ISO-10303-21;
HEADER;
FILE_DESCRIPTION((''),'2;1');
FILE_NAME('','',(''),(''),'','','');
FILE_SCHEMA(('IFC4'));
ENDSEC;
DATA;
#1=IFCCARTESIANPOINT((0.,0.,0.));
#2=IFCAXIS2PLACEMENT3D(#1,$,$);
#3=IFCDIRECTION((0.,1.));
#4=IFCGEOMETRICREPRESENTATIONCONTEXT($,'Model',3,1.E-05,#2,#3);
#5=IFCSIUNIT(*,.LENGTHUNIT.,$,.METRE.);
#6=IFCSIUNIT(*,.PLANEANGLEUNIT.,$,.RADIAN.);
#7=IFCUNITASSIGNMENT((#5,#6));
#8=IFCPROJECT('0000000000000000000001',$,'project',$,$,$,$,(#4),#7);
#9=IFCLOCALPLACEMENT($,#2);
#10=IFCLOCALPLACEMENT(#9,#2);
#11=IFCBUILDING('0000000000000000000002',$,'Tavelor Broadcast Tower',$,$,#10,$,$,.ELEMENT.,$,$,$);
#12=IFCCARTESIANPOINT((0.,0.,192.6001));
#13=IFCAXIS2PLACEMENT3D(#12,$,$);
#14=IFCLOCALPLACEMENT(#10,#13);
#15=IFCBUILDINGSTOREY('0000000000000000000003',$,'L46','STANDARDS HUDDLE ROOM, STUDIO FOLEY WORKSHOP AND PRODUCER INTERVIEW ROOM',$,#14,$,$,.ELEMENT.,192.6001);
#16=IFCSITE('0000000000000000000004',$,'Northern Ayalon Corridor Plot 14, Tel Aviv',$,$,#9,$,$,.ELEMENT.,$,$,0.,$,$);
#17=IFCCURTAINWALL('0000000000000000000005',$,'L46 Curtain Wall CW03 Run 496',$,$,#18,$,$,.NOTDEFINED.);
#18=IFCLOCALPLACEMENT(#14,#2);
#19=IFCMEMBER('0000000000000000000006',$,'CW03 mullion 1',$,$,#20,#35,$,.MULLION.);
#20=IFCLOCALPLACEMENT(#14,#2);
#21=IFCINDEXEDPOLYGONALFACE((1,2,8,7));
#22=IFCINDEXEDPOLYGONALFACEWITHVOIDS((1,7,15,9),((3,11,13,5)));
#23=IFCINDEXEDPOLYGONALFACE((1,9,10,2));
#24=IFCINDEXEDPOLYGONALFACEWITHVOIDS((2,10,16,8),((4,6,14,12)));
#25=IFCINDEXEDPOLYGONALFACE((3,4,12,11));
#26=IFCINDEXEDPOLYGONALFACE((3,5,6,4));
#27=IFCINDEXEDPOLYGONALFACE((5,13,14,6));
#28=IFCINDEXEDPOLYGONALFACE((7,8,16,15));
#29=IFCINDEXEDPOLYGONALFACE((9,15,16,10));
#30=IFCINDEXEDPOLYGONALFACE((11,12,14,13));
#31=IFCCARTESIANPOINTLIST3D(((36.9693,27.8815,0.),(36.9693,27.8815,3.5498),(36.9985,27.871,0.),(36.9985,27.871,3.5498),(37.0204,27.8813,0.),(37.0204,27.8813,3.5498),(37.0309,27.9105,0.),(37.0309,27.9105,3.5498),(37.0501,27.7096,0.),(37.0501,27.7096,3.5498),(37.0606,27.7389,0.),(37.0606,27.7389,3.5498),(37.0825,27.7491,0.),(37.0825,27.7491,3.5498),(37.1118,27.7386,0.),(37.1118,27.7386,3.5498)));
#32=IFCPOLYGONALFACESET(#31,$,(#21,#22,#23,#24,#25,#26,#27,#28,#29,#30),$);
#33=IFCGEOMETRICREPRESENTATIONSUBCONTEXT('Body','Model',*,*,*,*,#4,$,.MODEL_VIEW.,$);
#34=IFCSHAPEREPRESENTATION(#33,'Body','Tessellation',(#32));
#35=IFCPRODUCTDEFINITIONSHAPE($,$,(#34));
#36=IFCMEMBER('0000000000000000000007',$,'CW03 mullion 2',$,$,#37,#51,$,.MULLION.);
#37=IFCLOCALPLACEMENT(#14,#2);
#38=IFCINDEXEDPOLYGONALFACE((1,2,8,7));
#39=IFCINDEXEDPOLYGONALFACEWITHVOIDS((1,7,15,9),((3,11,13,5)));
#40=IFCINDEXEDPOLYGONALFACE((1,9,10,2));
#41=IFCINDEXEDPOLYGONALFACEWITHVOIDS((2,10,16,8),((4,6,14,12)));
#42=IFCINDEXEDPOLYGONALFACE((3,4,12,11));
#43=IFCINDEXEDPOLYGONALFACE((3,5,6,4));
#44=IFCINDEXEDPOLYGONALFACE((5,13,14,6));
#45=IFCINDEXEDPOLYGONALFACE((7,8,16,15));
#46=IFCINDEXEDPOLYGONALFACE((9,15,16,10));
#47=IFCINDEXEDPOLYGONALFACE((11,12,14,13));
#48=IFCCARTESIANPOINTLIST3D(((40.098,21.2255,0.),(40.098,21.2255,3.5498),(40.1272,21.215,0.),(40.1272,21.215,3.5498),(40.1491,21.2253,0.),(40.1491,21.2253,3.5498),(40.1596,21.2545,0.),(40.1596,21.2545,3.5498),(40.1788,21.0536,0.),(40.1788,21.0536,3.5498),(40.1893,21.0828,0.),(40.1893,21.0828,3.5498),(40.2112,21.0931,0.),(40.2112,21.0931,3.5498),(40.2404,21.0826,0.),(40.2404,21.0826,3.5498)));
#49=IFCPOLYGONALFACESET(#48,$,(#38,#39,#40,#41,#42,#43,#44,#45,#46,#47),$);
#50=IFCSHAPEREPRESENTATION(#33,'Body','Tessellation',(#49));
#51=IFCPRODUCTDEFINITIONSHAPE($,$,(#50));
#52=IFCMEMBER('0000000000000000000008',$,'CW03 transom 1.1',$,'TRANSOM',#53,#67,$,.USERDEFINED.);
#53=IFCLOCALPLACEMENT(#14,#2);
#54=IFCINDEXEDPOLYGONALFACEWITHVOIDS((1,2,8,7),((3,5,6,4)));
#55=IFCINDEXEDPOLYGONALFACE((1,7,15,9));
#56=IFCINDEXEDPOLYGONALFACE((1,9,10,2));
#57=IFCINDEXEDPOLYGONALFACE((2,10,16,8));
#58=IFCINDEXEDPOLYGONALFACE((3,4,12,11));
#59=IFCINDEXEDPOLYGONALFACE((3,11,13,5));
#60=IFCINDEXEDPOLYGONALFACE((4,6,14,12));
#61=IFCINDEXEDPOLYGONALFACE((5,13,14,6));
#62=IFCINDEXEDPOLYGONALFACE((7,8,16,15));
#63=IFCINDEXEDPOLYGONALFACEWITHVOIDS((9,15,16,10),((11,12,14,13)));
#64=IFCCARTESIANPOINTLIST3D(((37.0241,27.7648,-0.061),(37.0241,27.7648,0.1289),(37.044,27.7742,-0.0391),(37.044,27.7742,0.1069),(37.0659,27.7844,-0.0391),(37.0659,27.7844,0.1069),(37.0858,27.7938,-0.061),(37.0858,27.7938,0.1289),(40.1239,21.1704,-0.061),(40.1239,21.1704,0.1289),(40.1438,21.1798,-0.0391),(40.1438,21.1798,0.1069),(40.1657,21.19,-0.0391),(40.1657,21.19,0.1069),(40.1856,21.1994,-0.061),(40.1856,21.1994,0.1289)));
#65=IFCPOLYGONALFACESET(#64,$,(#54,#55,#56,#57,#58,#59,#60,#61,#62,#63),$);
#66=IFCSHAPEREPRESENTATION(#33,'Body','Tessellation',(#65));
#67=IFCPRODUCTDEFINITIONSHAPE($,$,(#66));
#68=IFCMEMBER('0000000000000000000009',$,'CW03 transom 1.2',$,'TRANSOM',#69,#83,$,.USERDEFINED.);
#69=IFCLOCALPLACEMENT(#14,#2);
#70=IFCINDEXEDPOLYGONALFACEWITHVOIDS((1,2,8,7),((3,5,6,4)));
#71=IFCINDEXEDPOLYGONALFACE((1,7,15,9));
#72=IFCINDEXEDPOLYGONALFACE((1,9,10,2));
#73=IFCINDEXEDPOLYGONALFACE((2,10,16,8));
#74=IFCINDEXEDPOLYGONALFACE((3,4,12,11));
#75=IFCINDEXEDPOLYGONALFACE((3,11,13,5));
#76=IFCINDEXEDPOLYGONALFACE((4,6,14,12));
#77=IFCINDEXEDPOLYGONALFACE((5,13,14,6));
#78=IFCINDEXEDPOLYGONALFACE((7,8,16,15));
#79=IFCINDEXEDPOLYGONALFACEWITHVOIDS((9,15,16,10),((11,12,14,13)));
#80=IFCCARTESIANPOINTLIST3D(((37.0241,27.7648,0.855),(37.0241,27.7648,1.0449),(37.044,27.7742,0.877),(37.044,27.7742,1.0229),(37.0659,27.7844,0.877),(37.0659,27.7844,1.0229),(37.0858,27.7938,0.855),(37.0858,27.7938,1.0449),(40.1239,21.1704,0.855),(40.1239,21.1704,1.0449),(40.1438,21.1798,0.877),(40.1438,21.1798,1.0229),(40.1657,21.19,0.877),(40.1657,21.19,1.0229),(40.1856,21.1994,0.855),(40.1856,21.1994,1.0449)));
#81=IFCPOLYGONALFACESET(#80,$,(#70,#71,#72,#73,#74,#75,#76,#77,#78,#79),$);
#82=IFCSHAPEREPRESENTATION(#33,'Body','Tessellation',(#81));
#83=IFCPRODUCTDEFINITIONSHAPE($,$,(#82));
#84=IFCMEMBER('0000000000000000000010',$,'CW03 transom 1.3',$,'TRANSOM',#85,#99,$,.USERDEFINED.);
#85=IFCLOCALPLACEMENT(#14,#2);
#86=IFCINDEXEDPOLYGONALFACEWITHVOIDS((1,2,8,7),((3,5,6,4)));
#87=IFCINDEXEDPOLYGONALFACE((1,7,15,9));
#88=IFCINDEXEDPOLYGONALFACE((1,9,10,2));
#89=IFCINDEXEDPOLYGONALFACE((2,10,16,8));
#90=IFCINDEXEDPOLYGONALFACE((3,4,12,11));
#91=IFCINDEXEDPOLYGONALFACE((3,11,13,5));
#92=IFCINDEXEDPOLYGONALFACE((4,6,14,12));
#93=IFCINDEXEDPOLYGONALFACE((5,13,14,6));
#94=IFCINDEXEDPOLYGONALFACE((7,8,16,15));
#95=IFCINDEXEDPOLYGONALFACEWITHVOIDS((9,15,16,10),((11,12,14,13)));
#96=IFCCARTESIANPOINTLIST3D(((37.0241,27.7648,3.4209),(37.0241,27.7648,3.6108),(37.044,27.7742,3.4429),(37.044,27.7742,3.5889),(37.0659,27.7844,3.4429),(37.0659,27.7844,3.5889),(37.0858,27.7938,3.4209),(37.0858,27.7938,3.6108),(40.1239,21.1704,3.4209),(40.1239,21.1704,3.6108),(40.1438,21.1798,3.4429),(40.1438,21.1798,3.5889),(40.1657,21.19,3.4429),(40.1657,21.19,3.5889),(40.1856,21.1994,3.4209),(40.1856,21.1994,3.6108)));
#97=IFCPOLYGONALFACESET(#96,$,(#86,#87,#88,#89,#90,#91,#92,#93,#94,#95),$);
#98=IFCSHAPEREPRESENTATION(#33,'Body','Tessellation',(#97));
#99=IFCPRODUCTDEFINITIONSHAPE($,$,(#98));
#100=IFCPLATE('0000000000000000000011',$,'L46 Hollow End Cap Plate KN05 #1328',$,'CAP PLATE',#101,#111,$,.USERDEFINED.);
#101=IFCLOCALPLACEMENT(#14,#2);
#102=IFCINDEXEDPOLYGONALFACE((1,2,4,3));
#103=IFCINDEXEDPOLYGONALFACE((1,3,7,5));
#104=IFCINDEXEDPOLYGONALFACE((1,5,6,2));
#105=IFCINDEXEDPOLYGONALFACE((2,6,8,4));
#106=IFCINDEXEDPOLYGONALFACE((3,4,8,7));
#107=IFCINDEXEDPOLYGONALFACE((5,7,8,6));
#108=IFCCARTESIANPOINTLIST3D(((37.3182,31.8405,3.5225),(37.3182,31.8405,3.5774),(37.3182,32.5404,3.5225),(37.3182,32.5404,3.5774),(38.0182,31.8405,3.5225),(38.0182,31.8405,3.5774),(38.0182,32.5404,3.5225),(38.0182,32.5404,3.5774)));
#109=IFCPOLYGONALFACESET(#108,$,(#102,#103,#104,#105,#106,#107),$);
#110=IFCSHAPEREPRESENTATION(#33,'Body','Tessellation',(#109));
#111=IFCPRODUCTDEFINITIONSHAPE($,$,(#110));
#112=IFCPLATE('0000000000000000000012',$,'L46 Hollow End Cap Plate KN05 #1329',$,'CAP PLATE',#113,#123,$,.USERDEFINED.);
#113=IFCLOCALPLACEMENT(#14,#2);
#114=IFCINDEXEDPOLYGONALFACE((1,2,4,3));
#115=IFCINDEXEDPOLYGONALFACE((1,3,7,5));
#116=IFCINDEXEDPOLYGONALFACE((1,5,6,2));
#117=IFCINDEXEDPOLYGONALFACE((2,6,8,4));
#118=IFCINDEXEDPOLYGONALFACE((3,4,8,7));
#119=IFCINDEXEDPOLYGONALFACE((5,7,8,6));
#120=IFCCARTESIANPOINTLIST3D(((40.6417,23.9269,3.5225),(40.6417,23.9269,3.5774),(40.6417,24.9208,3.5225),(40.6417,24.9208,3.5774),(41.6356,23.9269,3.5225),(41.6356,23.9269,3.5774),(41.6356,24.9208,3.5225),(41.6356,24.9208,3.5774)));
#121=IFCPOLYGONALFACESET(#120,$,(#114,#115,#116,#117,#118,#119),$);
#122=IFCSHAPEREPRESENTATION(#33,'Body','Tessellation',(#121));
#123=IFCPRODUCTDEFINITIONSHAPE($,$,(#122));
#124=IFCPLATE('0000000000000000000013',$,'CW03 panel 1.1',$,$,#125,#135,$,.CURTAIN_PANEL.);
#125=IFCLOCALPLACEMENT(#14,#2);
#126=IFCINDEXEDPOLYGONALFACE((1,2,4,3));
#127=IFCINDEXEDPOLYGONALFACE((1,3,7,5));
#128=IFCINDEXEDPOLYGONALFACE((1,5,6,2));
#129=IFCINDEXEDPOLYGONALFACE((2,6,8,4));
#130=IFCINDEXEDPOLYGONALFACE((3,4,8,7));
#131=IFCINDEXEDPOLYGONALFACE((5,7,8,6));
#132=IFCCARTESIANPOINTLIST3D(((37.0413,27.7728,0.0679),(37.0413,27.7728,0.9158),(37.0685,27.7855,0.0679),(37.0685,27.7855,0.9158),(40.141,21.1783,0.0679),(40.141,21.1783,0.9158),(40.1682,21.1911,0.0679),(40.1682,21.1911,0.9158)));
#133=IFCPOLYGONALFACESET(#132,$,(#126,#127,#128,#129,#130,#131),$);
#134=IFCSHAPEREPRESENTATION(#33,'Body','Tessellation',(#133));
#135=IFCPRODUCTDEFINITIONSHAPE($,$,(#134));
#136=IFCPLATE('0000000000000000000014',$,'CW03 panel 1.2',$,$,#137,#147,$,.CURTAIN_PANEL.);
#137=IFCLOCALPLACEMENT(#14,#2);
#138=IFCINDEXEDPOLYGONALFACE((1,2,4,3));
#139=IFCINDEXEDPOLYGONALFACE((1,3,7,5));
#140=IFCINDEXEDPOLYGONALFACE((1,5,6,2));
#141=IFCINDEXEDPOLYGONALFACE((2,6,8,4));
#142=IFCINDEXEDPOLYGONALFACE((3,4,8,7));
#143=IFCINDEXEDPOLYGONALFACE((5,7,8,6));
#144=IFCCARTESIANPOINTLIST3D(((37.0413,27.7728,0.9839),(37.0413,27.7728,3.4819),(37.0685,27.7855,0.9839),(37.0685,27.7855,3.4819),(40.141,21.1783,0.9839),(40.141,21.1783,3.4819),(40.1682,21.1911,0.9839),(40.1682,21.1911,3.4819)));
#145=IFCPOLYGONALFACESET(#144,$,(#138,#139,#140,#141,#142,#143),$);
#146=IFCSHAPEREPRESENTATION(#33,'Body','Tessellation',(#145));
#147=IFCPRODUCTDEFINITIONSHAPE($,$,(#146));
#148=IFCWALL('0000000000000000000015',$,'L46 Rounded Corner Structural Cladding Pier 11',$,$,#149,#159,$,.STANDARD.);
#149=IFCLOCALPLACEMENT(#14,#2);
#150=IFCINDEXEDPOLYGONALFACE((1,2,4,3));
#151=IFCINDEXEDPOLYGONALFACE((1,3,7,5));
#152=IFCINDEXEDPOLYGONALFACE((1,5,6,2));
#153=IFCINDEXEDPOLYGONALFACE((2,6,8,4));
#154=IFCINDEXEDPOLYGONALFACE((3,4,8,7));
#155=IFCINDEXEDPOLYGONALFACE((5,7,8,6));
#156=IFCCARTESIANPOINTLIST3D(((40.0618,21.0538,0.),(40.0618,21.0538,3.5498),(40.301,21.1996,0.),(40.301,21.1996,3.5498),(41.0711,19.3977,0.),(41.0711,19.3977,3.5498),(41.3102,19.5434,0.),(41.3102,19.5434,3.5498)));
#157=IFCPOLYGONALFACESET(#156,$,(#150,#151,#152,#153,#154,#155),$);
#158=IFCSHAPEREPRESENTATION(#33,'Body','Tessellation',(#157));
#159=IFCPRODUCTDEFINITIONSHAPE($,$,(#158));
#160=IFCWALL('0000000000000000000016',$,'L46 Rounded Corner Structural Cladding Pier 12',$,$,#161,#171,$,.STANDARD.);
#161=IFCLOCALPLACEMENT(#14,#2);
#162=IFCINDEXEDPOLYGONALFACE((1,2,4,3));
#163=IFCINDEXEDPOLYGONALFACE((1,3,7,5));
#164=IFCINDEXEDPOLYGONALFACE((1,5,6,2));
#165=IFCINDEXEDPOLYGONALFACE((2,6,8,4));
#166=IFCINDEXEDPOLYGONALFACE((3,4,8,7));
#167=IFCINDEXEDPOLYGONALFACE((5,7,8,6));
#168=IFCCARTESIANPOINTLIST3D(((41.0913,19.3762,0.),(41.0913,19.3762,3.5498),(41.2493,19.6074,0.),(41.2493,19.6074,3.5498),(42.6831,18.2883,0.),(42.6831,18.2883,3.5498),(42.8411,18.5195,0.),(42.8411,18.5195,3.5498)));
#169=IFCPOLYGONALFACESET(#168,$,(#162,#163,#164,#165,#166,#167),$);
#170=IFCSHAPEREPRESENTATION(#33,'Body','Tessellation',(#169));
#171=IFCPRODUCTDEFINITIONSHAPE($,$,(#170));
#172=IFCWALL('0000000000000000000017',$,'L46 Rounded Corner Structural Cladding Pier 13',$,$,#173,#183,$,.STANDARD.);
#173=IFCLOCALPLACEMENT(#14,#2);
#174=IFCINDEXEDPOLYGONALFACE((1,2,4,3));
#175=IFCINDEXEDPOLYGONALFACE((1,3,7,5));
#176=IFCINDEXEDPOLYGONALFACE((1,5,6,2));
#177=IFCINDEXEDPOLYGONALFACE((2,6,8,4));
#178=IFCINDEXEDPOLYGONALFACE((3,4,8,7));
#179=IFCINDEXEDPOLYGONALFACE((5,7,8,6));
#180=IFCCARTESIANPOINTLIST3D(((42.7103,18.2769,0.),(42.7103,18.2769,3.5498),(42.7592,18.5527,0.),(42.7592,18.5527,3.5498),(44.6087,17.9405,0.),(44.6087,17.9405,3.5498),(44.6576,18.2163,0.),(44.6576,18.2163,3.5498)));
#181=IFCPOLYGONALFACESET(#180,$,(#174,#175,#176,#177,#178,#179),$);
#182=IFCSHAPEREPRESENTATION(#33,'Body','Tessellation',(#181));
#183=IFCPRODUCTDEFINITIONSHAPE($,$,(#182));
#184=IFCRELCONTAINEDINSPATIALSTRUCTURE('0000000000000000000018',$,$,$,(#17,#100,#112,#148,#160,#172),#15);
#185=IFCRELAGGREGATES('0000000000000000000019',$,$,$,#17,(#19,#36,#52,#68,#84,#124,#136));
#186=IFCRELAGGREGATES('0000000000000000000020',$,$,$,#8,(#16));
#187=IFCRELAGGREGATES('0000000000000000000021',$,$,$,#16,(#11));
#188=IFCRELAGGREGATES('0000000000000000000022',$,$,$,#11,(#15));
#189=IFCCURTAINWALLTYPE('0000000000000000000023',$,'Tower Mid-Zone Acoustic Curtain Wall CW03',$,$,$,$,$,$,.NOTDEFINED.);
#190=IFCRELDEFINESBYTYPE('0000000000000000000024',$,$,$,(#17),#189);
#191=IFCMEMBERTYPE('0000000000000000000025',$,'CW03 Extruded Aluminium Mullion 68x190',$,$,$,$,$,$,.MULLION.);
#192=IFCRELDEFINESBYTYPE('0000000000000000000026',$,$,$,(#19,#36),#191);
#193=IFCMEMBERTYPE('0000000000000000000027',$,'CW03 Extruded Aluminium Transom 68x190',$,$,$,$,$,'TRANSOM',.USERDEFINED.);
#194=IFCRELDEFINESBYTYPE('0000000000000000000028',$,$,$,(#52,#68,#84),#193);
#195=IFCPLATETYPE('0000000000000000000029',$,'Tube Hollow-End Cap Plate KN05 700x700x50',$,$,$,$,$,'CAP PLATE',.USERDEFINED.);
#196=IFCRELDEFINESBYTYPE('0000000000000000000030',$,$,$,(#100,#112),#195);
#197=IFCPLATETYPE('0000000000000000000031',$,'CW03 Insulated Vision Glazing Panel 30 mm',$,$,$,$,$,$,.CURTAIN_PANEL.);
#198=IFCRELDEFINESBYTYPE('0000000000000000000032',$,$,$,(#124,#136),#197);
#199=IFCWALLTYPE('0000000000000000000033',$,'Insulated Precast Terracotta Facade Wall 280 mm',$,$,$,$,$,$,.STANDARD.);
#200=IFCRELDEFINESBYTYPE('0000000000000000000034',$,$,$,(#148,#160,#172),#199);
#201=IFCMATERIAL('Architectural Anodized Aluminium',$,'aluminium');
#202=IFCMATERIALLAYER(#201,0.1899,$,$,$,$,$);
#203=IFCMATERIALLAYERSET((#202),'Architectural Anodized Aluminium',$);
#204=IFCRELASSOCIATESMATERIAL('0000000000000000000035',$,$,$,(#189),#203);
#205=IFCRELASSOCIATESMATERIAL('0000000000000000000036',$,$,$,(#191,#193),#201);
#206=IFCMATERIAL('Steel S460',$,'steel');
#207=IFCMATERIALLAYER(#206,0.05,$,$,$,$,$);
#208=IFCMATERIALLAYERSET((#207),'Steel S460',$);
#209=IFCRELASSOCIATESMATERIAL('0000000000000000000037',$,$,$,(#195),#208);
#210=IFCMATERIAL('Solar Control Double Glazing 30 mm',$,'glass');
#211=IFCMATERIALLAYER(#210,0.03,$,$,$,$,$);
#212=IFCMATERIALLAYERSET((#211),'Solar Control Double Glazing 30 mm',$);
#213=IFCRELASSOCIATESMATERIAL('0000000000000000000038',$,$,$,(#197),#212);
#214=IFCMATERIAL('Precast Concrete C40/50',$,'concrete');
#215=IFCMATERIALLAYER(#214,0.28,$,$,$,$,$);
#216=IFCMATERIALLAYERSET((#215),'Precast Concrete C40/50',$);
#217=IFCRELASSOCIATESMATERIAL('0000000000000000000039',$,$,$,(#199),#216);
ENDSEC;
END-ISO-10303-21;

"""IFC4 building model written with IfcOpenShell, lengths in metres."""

from ifc_helpers import new_model, si_unit, direction, frame, frame_2d, origin, origin_2d, place, context, subcontext, project, spatial, rectangle, hollow_rectangle, extrude, source, transform, mapped, material, layer, layer_set, material_profile, profile_set, type_object, type_shapes, element, aggregate, save


model = new_model("IFC4")

# Units and contexts
model_context = context("Model", 3, precision=1e-05, world=origin(), true_north=direction((0.0, 1.0)))
body_context = subcontext(model_context, "Body", "Model", "MODEL_VIEW")
ifc_project = project(units=[si_unit("LENGTHUNIT", "METRE"), si_unit("PLANEANGLEUNIT", "RADIAN")], contexts=[model_context])

# Site, building, storey
site_placement = place(None, origin())
site = spatial("IfcSite", under=ifc_project, at=site_placement, Name="Northern Ayalon Corridor Plot 14, Tel Aviv", CompositionType="ELEMENT", RefElevation=0.0)
building_placement = place(site_placement, origin())
building = spatial("IfcBuilding", under=site, at=building_placement, Name="Tavelor Broadcast Tower", CompositionType="ELEMENT")
storey_placement = place(building_placement, frame((0.0, 0.0, 192.6001)))
storey = spatial("IfcBuildingStorey", under=building, at=storey_placement, Name="L46", Description="STANDARDS HUDDLE ROOM, STUDIO FOLEY WORKSHOP AND PRODUCER INTERVIEW ROOM", CompositionType="ELEMENT", Elevation=192.6001)

# Shared definitions
ifc_material_1 = material(Name="Steel S460", Category="steel")

# Shared definitions
ifc_material_2 = material(Name="Architectural Anodized Aluminium", Category="aluminium")
ifc_layer_1 = layer(ifc_material_2, 0.1899)
ifc_layer_set_1 = layer_set([ifc_layer_1], Name="Architectural Anodized Aluminium")
curtain_wall_type = type_object("IfcCurtainWallType", Name="Tower Mid-Zone Acoustic Curtain Wall CW03", PredefinedType="NOTDEFINED", material=ifc_layer_set_1)
ifc_material_profile_1 = material_profile(ifc_material_2, hollow_rectangle(XDim=0.0681, YDim=0.1899, WallThickness=0.022, at=origin_2d()), Name="RHS 68x190x22")
ifc_profile_set_1 = profile_set([ifc_material_profile_1], Name="Architectural Anodized Aluminium")
member_type_1 = type_object("IfcMemberType", Name="CW03 Extruded Aluminium Mullion 68x190", PredefinedType="MULLION", material=ifc_profile_set_1)
shared_shape_1 = source(origin(), body_context, "Body", "SweptSolid", [
    extrude(hollow_rectangle(XDim=0.0681, YDim=0.1899, WallThickness=0.022, at=origin_2d()), origin(), (0.0, 0.0, 1.0), 3.5498),
])
type_shapes(member_type_1, [shared_shape_1])

# Curtain wall, members
curtain_wall_1_placement = place(storey_placement, origin())
curtain_wall_1 = element("IfcCurtainWall", 1, at=curtain_wall_1_placement, inside=storey, type_object=curtain_wall_type, Name="L46 Curtain Wall CW03 Run 496", PredefinedType="NOTDEFINED")
member_1_placement = place(storey_placement, frame((37.0405, 27.8101, 0.0), z_axis=(0.0, 0.0, 1.0), x_axis=(0.905004, 0.425403, 0.0)))
member_1 = element("IfcMember", 2, at=member_1_placement, type_object=member_type_1, Name="CW03 mullion 1", PredefinedType="MULLION", context=body_context, shape_type="MappedRepresentation", body=[
    mapped(shared_shape_1, transform((0.0, 0.0, 0.0), scale=1.0)),
])
member_2_placement = place(storey_placement, frame((40.1692, 21.1541, 0.0), z_axis=(0.0, 0.0, 1.0), x_axis=(0.905004, 0.425403, 0.0)))
member_2 = element("IfcMember", 3, at=member_2_placement, type_object=member_type_1, Name="CW03 mullion 2", PredefinedType="MULLION", context=body_context, shape_type="MappedRepresentation", body=[
    mapped(shared_shape_1, transform((0.0, 0.0, 0.0), scale=1.0)),
])
ifc_material_profile_2 = material_profile(ifc_material_2, hollow_rectangle(XDim=0.0681, YDim=0.1899, WallThickness=0.022, at=origin_2d()), Name="RHS 68x190x22")
ifc_profile_set_2 = profile_set([ifc_material_profile_2], Name="Architectural Anodized Aluminium")
member_type_2 = type_object("IfcMemberType", Name="CW03 Extruded Aluminium Transom 68x190", ElementType="TRANSOM", PredefinedType="USERDEFINED", material=ifc_profile_set_2)
shared_shape_2 = source(origin(), body_context, "Body", "SweptSolid", [
    extrude(hollow_rectangle(XDim=0.0681, YDim=0.1899, WallThickness=0.022, at=origin_2d()), origin(), (0.0, 0.0, 1.0), 7.2866),
])
type_shapes(member_type_2, [shared_shape_2])
member_3_placement = place(storey_placement, frame((37.0549, 27.7793, 0.0339), z_axis=(0.425411, -0.905, 0.0), x_axis=(0.905, 0.425411, 0.0)))
member_3 = element("IfcMember", 4, at=member_3_placement, type_object=member_type_2, Name="CW03 transom 1.1", ObjectType="TRANSOM", PredefinedType="USERDEFINED", context=body_context, shape_type="MappedRepresentation", body=[
    mapped(shared_shape_2, transform((0.0, 0.0, 0.0), scale=1.0)),
])
member_4_placement = place(storey_placement, frame((37.0549, 27.7793, 0.95), z_axis=(0.425411, -0.905, 0.0), x_axis=(0.905, 0.425411, 0.0)))
member_4 = element("IfcMember", 5, at=member_4_placement, type_object=member_type_2, Name="CW03 transom 1.2", ObjectType="TRANSOM", PredefinedType="USERDEFINED", context=body_context, shape_type="MappedRepresentation", body=[
    mapped(shared_shape_2, transform((0.0, 0.0, 0.0), scale=1.0)),
])
member_5_placement = place(storey_placement, frame((37.0549, 27.7793, 3.5159), z_axis=(0.425411, -0.905, 0.0), x_axis=(0.905, 0.425411, 0.0)))
member_5 = element("IfcMember", 6, at=member_5_placement, type_object=member_type_2, Name="CW03 transom 1.3", ObjectType="TRANSOM", PredefinedType="USERDEFINED", context=body_context, shape_type="MappedRepresentation", body=[
    mapped(shared_shape_2, transform((0.0, 0.0, 0.0), scale=1.0)),
])

# Plates
ifc_layer_2 = layer(ifc_material_1, 0.05)
ifc_layer_set_2 = layer_set([ifc_layer_2], Name="Steel S460")
plate_type_1 = type_object("IfcPlateType", Name="Tube Hollow-End Cap Plate KN05 700x700x50", ElementType="CAP PLATE", PredefinedType="USERDEFINED", material=ifc_layer_set_2)
shared_shape_3 = source(origin(), body_context, "Body", "SweptSolid", [
    extrude(rectangle(XDim=0.7, YDim=0.7, at=origin_2d()), origin(), (0.0, 0.0, 1.0), 0.0549),
])
plate_1_placement = place(storey_placement, frame((37.6682, 32.1904, 3.5225), z_axis=(0.0, 0.0, 1.0), x_axis=(1.0, 0.0, 0.0)))
element("IfcPlate", 7, at=plate_1_placement, inside=storey, type_object=plate_type_1, Name="L46 Hollow End Cap Plate KN05 #1328", ObjectType="CAP PLATE", PredefinedType="USERDEFINED", context=body_context, shape_type="MappedRepresentation", body=[
    mapped(shared_shape_3, transform((0.0, 0.0, 0.0), scale=1.0)),
])
shared_shape_4 = source(origin(), body_context, "Body", "SweptSolid", [
    extrude(rectangle(XDim=0.9939, YDim=0.9939, at=origin_2d()), origin(), (0.0, 0.0, 1.0), 0.0549),
])
type_shapes(plate_type_1, [shared_shape_3, shared_shape_4])
plate_2_placement = place(storey_placement, frame((41.1387, 24.4238, 3.5225), z_axis=(0.0, 0.0, 1.0), x_axis=(1.0, 0.0, 0.0)))
element("IfcPlate", 8, at=plate_2_placement, inside=storey, type_object=plate_type_1, Name="L46 Hollow End Cap Plate KN05 #1329", ObjectType="CAP PLATE", PredefinedType="USERDEFINED", context=body_context, shape_type="MappedRepresentation", body=[
    mapped(shared_shape_4, transform((0.0, 0.0, 0.0), scale=1.0)),
])

# Plates
ifc_material_3 = material(Name="Solar Control Double Glazing 30 mm", Category="glass")
ifc_layer_3 = layer(ifc_material_3, 0.03)
ifc_layer_set_3 = layer_set([ifc_layer_3], Name="Solar Control Double Glazing 30 mm")
plate_type_2 = type_object("IfcPlateType", Name="CW03 Insulated Vision Glazing Panel 30 mm", PredefinedType="CURTAIN_PANEL", material=ifc_layer_set_3)
shared_shape_5 = source(origin(), body_context, "Body", "SweptSolid", [
    extrude(rectangle(XDim=7.2866, YDim=0.03, at=origin_2d()), origin(), (0.0, 0.0, 1.0), 0.8479),
])
plate_3_placement = place(storey_placement, frame((38.6047, 24.4819, 0.0679), z_axis=(0.0, 0.0, 1.0), x_axis=(0.425403, -0.905004, 0.0)))
plate_3 = element("IfcPlate", 9, at=plate_3_placement, type_object=plate_type_2, Name="CW03 panel 1.1", PredefinedType="CURTAIN_PANEL", context=body_context, shape_type="MappedRepresentation", body=[
    mapped(shared_shape_5, transform((0.0, 0.0, 0.0), scale=1.0)),
])
shared_shape_6 = source(origin(), body_context, "Body", "SweptSolid", [
    extrude(rectangle(XDim=7.2866, YDim=0.03, at=origin_2d()), origin(), (0.0, 0.0, 1.0), 2.498),
])
type_shapes(plate_type_2, [shared_shape_5, shared_shape_6])
plate_4_placement = place(storey_placement, frame((38.6047, 24.4819, 0.9839), z_axis=(0.0, 0.0, 1.0), x_axis=(0.425403, -0.905004, 0.0)))
plate_4 = element("IfcPlate", 10, at=plate_4_placement, type_object=plate_type_2, Name="CW03 panel 1.2", PredefinedType="CURTAIN_PANEL", context=body_context, shape_type="MappedRepresentation", body=[
    mapped(shared_shape_6, transform((0.0, 0.0, 0.0), scale=1.0)),
])
aggregate(curtain_wall_1, [member_1, member_2, member_3, member_4, member_5, plate_3, plate_4])

# Walls
ifc_material_4 = material(Name="Precast Concrete C40/50", Category="concrete")
ifc_layer_4 = layer(ifc_material_4, 0.28)
ifc_layer_set_4 = layer_set([ifc_layer_4], Name="Precast Concrete C40/50")
wall_type_1 = type_object("IfcWallType", Name="Insulated Precast Terracotta Facade Wall 280 mm", PredefinedType="STANDARD", material=ifc_layer_set_4)
wall_1_placement = place(storey_placement, frame((40.1814, 21.1267, 0.0), z_axis=(0.0, 0.0, 1.0), x_axis=(0.52037, -0.853941, 0.0)))
element("IfcWall", 11, at=wall_1_placement, inside=storey, type_object=wall_type_1, Name="L46 Rounded Corner Structural Cladding Pier 11", PredefinedType="STANDARD", context=body_context, shape_type="SweptSolid", body=[
    extrude(rectangle(XDim=1.9395, YDim=0.28, at=frame_2d((0.9697, 0.0))), origin(), (0.0, 0.0, 1.0), 3.5498),
])
for number, where, z_axis, x_axis, name in (
    (12, (41.1704, 19.4917, 0.0), (0.0, 0.0, 1.0), (0.825605, -0.564248, 0.0), "L46 Rounded Corner Structural Cladding Pier 12"),
    (13, (42.7349, 18.4148, 0.0), (0.0, 0.0, 1.0), (0.984658, -0.174493, 0.0), "L46 Rounded Corner Structural Cladding Pier 13"),
):
    element("IfcWall", number, at=place(storey_placement, frame(where, z_axis=z_axis, x_axis=x_axis)), inside=storey, type_object=wall_type_1, Name=name, PredefinedType="STANDARD", context=body_context, shape_type="SweptSolid", body=[
        extrude(rectangle(XDim=1.928, YDim=0.28, at=frame_2d((0.9639, 0.0))), origin(), (0.0, 0.0, 1.0), 3.5498),
    ])

save(model, "model.ifc")
